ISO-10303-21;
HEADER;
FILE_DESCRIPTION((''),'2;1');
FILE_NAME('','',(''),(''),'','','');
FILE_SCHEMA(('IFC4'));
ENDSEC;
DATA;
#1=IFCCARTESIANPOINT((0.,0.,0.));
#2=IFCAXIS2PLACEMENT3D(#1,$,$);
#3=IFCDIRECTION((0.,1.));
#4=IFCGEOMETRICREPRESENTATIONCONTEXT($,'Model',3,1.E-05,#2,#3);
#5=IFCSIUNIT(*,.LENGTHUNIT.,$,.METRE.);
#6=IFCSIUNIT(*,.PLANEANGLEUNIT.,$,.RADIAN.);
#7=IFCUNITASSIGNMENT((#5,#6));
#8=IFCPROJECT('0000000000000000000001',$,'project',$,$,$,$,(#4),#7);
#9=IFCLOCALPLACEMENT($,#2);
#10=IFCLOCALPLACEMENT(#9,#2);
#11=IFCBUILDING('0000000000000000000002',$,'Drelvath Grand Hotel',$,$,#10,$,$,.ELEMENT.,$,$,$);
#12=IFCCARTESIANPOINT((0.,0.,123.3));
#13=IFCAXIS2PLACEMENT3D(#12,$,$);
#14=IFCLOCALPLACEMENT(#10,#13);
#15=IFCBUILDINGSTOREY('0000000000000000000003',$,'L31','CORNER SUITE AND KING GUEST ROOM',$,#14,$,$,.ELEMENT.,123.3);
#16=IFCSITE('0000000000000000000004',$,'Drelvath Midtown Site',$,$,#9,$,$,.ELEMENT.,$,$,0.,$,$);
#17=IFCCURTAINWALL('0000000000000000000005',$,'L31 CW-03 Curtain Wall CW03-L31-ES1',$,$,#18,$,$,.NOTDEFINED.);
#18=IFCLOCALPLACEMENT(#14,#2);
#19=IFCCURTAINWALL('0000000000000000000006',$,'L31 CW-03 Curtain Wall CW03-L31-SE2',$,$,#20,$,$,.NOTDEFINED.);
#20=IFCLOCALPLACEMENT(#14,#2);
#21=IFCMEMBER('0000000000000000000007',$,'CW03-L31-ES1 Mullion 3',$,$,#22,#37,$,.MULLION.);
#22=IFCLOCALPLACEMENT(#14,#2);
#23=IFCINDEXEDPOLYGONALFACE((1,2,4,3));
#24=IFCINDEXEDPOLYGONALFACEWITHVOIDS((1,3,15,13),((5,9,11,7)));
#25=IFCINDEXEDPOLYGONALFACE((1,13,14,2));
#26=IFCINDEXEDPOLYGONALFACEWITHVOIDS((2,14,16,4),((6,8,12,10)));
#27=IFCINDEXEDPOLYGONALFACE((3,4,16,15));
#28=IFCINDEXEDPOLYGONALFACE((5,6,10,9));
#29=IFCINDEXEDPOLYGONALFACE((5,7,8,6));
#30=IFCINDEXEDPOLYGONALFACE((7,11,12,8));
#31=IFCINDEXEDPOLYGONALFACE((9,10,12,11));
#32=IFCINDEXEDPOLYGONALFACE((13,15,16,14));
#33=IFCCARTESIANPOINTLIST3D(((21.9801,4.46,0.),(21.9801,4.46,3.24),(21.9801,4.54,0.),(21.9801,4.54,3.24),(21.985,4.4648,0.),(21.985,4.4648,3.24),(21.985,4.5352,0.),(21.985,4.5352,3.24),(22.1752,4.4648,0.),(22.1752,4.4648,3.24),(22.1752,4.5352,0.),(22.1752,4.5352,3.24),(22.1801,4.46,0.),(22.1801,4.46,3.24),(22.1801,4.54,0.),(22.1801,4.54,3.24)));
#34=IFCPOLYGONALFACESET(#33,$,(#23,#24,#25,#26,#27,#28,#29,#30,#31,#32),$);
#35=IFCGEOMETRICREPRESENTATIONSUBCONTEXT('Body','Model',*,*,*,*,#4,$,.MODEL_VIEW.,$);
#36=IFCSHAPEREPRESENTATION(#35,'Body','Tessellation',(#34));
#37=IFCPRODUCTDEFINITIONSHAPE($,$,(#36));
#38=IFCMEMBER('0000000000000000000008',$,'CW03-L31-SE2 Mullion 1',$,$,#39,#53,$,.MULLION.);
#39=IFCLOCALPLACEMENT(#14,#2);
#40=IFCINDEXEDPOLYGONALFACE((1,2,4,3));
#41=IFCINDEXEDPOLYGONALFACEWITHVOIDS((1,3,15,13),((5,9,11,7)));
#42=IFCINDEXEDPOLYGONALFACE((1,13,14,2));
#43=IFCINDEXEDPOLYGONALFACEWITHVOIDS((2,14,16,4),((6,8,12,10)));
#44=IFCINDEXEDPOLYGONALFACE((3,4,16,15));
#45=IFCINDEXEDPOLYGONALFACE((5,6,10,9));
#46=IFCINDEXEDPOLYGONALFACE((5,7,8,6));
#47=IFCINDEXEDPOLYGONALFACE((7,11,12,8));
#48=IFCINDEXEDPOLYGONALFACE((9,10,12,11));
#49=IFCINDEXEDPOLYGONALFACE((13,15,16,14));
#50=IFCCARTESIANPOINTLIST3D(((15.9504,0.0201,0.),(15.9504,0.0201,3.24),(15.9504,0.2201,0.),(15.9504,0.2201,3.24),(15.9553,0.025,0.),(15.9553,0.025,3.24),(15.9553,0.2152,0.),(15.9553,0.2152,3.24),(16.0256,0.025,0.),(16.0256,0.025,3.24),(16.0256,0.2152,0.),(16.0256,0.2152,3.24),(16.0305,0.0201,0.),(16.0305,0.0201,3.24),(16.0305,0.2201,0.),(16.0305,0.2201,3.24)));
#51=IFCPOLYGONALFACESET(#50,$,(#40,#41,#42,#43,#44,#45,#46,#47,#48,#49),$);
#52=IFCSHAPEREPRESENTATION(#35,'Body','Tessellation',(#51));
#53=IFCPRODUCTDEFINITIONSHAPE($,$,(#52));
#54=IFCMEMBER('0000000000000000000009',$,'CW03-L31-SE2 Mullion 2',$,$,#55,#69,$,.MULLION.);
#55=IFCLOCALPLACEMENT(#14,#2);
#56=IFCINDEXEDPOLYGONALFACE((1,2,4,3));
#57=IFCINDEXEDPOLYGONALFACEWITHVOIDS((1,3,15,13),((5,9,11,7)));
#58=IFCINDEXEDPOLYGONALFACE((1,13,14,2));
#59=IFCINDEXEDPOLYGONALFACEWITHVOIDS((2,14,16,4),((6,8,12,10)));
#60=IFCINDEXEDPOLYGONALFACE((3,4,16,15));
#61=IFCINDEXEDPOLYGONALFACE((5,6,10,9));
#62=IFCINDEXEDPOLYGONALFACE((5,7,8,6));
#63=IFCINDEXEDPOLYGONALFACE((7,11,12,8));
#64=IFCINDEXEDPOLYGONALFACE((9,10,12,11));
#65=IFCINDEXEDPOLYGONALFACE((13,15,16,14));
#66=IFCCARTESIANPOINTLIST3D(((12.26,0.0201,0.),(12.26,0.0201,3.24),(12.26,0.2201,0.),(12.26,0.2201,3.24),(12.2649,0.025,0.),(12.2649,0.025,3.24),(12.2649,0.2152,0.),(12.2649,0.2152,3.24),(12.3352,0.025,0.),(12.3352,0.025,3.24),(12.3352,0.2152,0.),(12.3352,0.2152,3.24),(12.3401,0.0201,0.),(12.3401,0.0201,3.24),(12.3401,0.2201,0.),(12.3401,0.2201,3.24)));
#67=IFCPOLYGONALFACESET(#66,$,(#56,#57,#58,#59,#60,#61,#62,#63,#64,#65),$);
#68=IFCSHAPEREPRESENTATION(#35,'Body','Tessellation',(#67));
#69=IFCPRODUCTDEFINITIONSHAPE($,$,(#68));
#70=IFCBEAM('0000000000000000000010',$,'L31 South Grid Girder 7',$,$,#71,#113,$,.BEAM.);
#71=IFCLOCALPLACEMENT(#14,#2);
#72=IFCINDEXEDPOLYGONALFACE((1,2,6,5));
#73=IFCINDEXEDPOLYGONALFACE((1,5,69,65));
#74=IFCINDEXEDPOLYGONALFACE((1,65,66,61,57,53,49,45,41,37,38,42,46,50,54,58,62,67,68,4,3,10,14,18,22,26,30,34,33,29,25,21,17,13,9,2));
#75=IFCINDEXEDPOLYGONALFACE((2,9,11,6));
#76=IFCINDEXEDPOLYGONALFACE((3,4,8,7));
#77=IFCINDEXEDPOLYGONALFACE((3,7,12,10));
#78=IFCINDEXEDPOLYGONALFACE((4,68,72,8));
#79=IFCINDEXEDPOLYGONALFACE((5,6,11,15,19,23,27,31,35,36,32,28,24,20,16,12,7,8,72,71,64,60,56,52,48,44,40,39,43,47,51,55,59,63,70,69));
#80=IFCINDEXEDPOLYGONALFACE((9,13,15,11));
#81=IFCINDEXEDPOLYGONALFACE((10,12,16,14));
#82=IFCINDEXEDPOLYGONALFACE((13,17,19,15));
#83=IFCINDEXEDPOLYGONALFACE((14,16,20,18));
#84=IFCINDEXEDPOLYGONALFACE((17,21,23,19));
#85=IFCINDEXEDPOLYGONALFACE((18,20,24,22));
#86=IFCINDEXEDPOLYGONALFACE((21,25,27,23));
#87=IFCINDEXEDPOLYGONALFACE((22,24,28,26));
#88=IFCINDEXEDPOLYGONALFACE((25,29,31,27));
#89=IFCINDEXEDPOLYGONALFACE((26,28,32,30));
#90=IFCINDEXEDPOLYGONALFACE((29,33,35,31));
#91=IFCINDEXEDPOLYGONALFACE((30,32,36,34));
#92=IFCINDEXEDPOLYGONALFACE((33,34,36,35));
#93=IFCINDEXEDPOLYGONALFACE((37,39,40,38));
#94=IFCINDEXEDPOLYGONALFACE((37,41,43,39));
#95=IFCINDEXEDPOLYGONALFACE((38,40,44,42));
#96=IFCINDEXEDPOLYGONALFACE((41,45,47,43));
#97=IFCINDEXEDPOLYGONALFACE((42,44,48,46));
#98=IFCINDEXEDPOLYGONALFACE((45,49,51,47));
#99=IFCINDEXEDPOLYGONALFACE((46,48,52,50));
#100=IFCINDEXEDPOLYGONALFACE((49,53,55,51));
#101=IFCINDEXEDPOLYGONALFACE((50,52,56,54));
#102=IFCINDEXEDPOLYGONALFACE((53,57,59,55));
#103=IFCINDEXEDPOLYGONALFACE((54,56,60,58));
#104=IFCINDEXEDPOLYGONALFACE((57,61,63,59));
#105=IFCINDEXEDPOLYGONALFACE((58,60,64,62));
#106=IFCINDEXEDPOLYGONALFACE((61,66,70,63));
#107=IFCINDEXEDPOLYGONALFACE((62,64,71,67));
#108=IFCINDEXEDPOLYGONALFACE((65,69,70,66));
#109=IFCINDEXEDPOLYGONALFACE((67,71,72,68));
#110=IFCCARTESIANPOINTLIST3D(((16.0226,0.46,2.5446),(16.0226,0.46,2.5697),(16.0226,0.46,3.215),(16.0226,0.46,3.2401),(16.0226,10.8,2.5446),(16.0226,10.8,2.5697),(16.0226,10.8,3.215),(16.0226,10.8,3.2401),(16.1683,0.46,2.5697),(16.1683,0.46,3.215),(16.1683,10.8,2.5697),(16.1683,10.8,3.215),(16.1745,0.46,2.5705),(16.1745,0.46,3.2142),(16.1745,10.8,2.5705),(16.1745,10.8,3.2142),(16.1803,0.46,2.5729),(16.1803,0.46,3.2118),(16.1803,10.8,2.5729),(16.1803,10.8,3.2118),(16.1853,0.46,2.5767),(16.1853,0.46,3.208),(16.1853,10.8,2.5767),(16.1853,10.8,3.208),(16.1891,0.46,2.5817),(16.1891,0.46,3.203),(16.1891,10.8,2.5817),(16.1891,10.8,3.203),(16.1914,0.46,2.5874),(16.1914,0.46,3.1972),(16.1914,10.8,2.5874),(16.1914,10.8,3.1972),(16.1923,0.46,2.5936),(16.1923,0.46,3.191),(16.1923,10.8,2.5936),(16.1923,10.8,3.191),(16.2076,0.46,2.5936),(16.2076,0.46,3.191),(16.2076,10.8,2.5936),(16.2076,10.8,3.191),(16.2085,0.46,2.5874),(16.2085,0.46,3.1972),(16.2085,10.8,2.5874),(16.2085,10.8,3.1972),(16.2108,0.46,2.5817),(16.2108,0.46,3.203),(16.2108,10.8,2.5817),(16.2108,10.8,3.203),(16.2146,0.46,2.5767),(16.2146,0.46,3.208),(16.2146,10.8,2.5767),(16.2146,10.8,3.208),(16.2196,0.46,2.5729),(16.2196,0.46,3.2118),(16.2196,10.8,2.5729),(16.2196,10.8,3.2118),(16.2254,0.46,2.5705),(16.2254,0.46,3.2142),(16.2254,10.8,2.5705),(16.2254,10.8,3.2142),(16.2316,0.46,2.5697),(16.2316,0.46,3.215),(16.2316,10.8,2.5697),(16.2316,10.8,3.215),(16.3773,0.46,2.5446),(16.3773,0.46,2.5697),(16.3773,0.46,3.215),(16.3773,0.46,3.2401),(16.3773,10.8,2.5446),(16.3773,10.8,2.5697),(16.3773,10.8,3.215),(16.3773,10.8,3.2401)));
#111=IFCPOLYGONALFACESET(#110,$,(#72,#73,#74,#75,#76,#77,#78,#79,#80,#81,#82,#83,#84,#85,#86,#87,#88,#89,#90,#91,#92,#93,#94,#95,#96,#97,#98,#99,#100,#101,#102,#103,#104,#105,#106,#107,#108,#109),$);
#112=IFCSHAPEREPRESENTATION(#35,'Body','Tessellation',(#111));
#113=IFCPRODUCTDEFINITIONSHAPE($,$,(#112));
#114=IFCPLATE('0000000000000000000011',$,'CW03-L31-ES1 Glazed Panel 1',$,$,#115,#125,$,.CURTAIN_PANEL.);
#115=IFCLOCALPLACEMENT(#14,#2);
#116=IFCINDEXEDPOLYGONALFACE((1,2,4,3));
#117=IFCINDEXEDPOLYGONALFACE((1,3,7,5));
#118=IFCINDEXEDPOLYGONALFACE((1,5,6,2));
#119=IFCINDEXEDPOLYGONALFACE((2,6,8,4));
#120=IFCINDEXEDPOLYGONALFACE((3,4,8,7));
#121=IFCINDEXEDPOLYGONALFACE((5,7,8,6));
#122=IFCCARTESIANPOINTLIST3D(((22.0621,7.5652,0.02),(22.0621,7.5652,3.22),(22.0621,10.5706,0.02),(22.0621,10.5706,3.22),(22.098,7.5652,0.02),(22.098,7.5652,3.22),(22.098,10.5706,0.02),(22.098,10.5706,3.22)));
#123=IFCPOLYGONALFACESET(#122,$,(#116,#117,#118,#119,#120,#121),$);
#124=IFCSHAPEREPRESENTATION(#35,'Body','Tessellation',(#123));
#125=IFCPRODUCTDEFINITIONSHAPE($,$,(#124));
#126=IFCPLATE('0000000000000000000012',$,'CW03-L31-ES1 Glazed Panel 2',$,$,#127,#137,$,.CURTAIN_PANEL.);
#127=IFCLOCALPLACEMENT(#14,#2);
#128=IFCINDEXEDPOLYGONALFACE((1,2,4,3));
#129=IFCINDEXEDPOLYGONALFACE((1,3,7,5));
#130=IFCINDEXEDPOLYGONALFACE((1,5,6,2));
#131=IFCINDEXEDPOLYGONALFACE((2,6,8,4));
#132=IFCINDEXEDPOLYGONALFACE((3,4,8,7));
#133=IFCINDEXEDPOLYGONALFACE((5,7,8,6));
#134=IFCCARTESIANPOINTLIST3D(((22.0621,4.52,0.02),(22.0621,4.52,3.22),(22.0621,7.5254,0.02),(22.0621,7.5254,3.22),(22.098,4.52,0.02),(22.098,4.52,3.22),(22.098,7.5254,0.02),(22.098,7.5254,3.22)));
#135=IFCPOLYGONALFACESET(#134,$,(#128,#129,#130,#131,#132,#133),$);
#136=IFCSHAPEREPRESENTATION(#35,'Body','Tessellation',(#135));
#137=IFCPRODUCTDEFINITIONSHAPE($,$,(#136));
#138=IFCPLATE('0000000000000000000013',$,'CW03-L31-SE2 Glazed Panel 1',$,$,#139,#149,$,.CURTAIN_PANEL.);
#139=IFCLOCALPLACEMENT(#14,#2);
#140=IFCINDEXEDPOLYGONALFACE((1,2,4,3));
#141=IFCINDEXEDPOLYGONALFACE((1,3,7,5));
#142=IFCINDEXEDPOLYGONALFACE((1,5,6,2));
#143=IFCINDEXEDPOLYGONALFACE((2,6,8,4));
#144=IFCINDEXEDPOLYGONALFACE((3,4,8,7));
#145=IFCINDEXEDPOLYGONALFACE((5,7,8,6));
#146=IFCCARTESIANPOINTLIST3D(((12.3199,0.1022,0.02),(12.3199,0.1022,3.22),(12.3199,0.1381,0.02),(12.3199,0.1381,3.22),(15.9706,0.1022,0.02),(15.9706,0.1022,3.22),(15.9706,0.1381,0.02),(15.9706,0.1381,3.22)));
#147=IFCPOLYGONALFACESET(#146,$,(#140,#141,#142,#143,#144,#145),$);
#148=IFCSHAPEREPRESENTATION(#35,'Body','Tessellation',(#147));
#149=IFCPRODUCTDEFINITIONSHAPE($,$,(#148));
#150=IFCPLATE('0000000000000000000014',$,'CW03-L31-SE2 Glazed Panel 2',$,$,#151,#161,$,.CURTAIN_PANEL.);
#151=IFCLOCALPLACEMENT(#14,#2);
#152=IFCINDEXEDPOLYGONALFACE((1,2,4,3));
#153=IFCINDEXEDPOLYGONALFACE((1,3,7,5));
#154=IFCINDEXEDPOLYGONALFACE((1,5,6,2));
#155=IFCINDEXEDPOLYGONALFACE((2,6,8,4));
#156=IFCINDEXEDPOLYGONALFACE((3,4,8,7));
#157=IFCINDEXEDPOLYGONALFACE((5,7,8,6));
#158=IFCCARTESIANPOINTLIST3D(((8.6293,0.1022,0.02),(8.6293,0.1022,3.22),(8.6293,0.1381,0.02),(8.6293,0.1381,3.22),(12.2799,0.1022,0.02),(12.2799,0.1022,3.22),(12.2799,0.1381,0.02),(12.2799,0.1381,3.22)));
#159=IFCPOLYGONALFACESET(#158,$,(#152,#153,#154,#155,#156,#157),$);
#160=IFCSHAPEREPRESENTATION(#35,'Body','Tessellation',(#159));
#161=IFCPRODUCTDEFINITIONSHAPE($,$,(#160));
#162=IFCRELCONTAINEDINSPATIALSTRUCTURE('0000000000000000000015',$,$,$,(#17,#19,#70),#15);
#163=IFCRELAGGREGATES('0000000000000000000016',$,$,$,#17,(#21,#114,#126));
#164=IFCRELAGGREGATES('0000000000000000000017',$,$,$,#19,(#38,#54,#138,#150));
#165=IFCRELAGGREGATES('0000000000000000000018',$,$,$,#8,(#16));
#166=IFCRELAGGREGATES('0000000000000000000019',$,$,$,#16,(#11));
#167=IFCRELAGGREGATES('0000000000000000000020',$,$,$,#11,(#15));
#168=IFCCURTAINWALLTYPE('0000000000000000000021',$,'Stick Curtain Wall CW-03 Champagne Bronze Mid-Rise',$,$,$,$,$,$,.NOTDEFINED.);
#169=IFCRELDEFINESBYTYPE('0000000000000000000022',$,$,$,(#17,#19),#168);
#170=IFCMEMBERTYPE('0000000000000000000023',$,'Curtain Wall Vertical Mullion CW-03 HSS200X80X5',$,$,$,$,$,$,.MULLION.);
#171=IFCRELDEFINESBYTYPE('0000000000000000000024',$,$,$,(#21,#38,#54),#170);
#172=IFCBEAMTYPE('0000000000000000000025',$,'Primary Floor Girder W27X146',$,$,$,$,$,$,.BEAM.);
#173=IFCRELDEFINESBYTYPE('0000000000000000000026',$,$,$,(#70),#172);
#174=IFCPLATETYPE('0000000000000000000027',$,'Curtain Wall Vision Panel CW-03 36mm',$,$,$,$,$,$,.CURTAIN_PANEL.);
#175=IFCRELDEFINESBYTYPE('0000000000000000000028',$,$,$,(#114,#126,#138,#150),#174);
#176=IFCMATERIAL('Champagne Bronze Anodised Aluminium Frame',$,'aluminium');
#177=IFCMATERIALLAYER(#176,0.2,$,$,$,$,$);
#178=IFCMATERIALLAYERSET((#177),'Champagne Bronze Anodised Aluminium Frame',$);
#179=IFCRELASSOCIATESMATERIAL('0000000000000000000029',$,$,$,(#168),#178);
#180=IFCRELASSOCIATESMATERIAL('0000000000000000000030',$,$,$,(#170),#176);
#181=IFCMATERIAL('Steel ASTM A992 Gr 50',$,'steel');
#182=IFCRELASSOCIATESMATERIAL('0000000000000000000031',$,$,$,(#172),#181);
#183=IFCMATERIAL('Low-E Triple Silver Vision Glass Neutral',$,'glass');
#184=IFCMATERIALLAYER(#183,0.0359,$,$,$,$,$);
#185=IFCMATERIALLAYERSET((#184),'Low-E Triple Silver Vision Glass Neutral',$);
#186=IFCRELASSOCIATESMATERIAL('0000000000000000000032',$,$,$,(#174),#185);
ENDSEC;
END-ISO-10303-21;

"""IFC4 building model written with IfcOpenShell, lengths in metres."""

from ifc_helpers import new_model, si_unit, direction, frame, origin, origin_2d, place, context, subcontext, project, spatial, rectangle, hollow_rectangle, i_section, extrude, material, layer, layer_set, material_profile, profile_set, type_object, element, aggregate, save


model = new_model("IFC4")

# Units and contexts
model_context = context("Model", 3, precision=1e-05, world=origin(), true_north=direction((0.0, 1.0)))
body_context = subcontext(model_context, "Body", "Model", "MODEL_VIEW")
ifc_project = project(units=[si_unit("LENGTHUNIT", "METRE"), si_unit("PLANEANGLEUNIT", "RADIAN")], contexts=[model_context])

# Site, building, storey
site_placement = place(None, origin())
site = spatial("IfcSite", under=ifc_project, at=site_placement, Name="Drelvath Midtown Site", CompositionType="ELEMENT", RefElevation=0.0)
building_placement = place(site_placement, origin())
building = spatial("IfcBuilding", under=site, at=building_placement, Name="Drelvath Grand Hotel", CompositionType="ELEMENT")
storey_placement = place(building_placement, frame((0.0, 0.0, 123.3)))
storey = spatial("IfcBuildingStorey", under=building, at=storey_placement, Name="L31", Description="CORNER SUITE AND KING GUEST ROOM", CompositionType="ELEMENT", Elevation=123.3)

# Shared definitions
ifc_material_1 = material(Name="Steel ASTM A992 Gr 50", Category="steel")

# Curtain walls
ifc_material_2 = material(Name="Champagne Bronze Anodised Aluminium Frame", Category="aluminium")
ifc_layer_1 = layer(ifc_material_2, 0.2)
ifc_layer_set_1 = layer_set([ifc_layer_1], Name="Champagne Bronze Anodised Aluminium Frame")
curtain_wall_type = type_object("IfcCurtainWallType", Name="Stick Curtain Wall CW-03 Champagne Bronze Mid-Rise", PredefinedType="NOTDEFINED", material=ifc_layer_set_1)
curtain_wall_1_placement = place(storey_placement, origin())
curtain_wall_1 = element("IfcCurtainWall", 1, at=curtain_wall_1_placement, inside=storey, type_object=curtain_wall_type, Name="L31 CW-03 Curtain Wall CW03-L31-ES1", PredefinedType="NOTDEFINED")
curtain_wall_2_placement = place(storey_placement, origin())
curtain_wall_2 = element("IfcCurtainWall", 2, at=curtain_wall_2_placement, inside=storey, type_object=curtain_wall_type, Name="L31 CW-03 Curtain Wall CW03-L31-SE2", PredefinedType="NOTDEFINED")

# Members
ifc_material_profile_1 = material_profile(ifc_material_2, hollow_rectangle(XDim=0.0801, YDim=0.2, WallThickness=0.0049, at=origin_2d()), Name="HSS200X80X5")
ifc_profile_set_1 = profile_set([ifc_material_profile_1], Name="Champagne Bronze Anodised Aluminium Frame")
member_type_1 = type_object("IfcMemberType", Name="Curtain Wall Vertical Mullion CW-03 HSS200X80X5", PredefinedType="MULLION", material=ifc_profile_set_1)
member_1_placement = place(storey_placement, frame((22.0801, 4.5, 0.0), z_axis=(0.0, 0.0, 1.0), x_axis=(0.0, 1.0, 0.0)))
member_1 = element("IfcMember", 3, at=member_1_placement, type_object=member_type_1, Name="CW03-L31-ES1 Mullion 3", PredefinedType="MULLION", context=body_context, shape_type="SweptSolid", body=[
    extrude(hollow_rectangle(XDim=0.0801, YDim=0.2, WallThickness=0.0049, at=origin_2d()), origin(), (0.0, 0.0, 1.0), 3.24),
])
member_2_placement = place(storey_placement, frame((15.9905, 0.1201, 0.0), z_axis=(0.0, 0.0, 1.0), x_axis=(1.0, 0.0, 0.0)))
member_2 = element("IfcMember", 4, at=member_2_placement, type_object=member_type_1, Name="CW03-L31-SE2 Mullion 1", PredefinedType="MULLION", context=body_context, shape_type="SweptSolid", body=[
    extrude(hollow_rectangle(XDim=0.0801, YDim=0.2, WallThickness=0.0049, at=origin_2d()), origin(), (0.0, 0.0, 1.0), 3.24),
])
member_3_placement = place(storey_placement, frame((12.3, 0.1201, 0.0), z_axis=(0.0, 0.0, 1.0), x_axis=(1.0, 0.0, 0.0)))
member_3 = element("IfcMember", 5, at=member_3_placement, type_object=member_type_1, Name="CW03-L31-SE2 Mullion 2", PredefinedType="MULLION", context=body_context, shape_type="SweptSolid", body=[
    extrude(hollow_rectangle(XDim=0.0801, YDim=0.2, WallThickness=0.0049, at=origin_2d()), origin(), (0.0, 0.0, 1.0), 3.24),
])

# Beam
ifc_material_profile_2 = material_profile(ifc_material_1, i_section(OverallWidth=0.3547, OverallDepth=0.6956, WebThickness=0.0154, FlangeThickness=0.0251, FilletRadius=0.0239, at=origin_2d()), Name="W27X146")
ifc_profile_set_2 = profile_set([ifc_material_profile_2], Name="Steel ASTM A992 Gr 50")
beam_type_1 = type_object("IfcBeamType", Name="Primary Floor Girder W27X146", PredefinedType="BEAM", material=ifc_profile_set_2)
beam_1_placement = place(storey_placement, frame((16.2, 0.46, 2.8923), z_axis=(0.0, 1.0, 0.0), x_axis=(-1.0, 0.0, 0.0)))
element("IfcBeam", 6, at=beam_1_placement, inside=storey, type_object=beam_type_1, Name="L31 South Grid Girder 7", PredefinedType="BEAM", context=body_context, shape_type="SweptSolid", body=[
    extrude(i_section(OverallWidth=0.3547, OverallDepth=0.6956, WebThickness=0.0154, FlangeThickness=0.0251, FilletRadius=0.0239, at=origin_2d()), origin(), (0.0, 0.0, 1.0), 10.3401),
])

# Plates
ifc_material_3 = material(Name="Low-E Triple Silver Vision Glass Neutral", Category="glass")
ifc_layer_2 = layer(ifc_material_3, 0.0359)
ifc_layer_set_2 = layer_set([ifc_layer_2], Name="Low-E Triple Silver Vision Glass Neutral")
plate_type = type_object("IfcPlateType", Name="Curtain Wall Vision Panel CW-03 36mm", PredefinedType="CURTAIN_PANEL", material=ifc_layer_set_2)
plate_1_placement = place(storey_placement, frame((22.0801, 9.0679, 0.02), z_axis=(0.0, 0.0, 1.0), x_axis=(0.0, -1.0, 0.0)))
plate_1 = element("IfcPlate", 7, at=plate_1_placement, type_object=plate_type, Name="CW03-L31-ES1 Glazed Panel 1", PredefinedType="CURTAIN_PANEL", context=body_context, shape_type="SweptSolid", body=[
    extrude(rectangle(XDim=3.0054, YDim=0.0359, at=origin_2d()), origin(), (0.0, 0.0, 1.0), 3.2),
])
plate_2_placement = place(storey_placement, frame((22.0801, 6.0227, 0.02), z_axis=(0.0, 0.0, 1.0), x_axis=(0.0, -1.0, 0.0)))
plate_2 = element("IfcPlate", 8, at=plate_2_placement, type_object=plate_type, Name="CW03-L31-ES1 Glazed Panel 2", PredefinedType="CURTAIN_PANEL", context=body_context, shape_type="SweptSolid", body=[
    extrude(rectangle(XDim=3.0054, YDim=0.0359, at=origin_2d()), origin(), (0.0, 0.0, 1.0), 3.2),
])
aggregate(curtain_wall_1, [member_1, plate_1, plate_2])
plate_3_placement = place(storey_placement, frame((14.1453, 0.1201, 0.02), z_axis=(0.0, 0.0, 1.0), x_axis=(-1.0, 0.0, 0.0)))
plate_3 = element("IfcPlate", 9, at=plate_3_placement, type_object=plate_type, Name="CW03-L31-SE2 Glazed Panel 1", PredefinedType="CURTAIN_PANEL", context=body_context, shape_type="SweptSolid", body=[
    extrude(rectangle(XDim=3.6506, YDim=0.0359, at=origin_2d()), origin(), (0.0, 0.0, 1.0), 3.2),
])
plate_4_placement = place(storey_placement, frame((10.4546, 0.1201, 0.02), z_axis=(0.0, 0.0, 1.0), x_axis=(-1.0, 0.0, 0.0)))
plate_4 = element("IfcPlate", 10, at=plate_4_placement, type_object=plate_type, Name="CW03-L31-SE2 Glazed Panel 2", PredefinedType="CURTAIN_PANEL", context=body_context, shape_type="SweptSolid", body=[
    extrude(rectangle(XDim=3.6506, YDim=0.0359, at=origin_2d()), origin(), (0.0, 0.0, 1.0), 3.2),
])
aggregate(curtain_wall_2, [member_2, member_3, plate_3, plate_4])

save(model, "model.ifc")
